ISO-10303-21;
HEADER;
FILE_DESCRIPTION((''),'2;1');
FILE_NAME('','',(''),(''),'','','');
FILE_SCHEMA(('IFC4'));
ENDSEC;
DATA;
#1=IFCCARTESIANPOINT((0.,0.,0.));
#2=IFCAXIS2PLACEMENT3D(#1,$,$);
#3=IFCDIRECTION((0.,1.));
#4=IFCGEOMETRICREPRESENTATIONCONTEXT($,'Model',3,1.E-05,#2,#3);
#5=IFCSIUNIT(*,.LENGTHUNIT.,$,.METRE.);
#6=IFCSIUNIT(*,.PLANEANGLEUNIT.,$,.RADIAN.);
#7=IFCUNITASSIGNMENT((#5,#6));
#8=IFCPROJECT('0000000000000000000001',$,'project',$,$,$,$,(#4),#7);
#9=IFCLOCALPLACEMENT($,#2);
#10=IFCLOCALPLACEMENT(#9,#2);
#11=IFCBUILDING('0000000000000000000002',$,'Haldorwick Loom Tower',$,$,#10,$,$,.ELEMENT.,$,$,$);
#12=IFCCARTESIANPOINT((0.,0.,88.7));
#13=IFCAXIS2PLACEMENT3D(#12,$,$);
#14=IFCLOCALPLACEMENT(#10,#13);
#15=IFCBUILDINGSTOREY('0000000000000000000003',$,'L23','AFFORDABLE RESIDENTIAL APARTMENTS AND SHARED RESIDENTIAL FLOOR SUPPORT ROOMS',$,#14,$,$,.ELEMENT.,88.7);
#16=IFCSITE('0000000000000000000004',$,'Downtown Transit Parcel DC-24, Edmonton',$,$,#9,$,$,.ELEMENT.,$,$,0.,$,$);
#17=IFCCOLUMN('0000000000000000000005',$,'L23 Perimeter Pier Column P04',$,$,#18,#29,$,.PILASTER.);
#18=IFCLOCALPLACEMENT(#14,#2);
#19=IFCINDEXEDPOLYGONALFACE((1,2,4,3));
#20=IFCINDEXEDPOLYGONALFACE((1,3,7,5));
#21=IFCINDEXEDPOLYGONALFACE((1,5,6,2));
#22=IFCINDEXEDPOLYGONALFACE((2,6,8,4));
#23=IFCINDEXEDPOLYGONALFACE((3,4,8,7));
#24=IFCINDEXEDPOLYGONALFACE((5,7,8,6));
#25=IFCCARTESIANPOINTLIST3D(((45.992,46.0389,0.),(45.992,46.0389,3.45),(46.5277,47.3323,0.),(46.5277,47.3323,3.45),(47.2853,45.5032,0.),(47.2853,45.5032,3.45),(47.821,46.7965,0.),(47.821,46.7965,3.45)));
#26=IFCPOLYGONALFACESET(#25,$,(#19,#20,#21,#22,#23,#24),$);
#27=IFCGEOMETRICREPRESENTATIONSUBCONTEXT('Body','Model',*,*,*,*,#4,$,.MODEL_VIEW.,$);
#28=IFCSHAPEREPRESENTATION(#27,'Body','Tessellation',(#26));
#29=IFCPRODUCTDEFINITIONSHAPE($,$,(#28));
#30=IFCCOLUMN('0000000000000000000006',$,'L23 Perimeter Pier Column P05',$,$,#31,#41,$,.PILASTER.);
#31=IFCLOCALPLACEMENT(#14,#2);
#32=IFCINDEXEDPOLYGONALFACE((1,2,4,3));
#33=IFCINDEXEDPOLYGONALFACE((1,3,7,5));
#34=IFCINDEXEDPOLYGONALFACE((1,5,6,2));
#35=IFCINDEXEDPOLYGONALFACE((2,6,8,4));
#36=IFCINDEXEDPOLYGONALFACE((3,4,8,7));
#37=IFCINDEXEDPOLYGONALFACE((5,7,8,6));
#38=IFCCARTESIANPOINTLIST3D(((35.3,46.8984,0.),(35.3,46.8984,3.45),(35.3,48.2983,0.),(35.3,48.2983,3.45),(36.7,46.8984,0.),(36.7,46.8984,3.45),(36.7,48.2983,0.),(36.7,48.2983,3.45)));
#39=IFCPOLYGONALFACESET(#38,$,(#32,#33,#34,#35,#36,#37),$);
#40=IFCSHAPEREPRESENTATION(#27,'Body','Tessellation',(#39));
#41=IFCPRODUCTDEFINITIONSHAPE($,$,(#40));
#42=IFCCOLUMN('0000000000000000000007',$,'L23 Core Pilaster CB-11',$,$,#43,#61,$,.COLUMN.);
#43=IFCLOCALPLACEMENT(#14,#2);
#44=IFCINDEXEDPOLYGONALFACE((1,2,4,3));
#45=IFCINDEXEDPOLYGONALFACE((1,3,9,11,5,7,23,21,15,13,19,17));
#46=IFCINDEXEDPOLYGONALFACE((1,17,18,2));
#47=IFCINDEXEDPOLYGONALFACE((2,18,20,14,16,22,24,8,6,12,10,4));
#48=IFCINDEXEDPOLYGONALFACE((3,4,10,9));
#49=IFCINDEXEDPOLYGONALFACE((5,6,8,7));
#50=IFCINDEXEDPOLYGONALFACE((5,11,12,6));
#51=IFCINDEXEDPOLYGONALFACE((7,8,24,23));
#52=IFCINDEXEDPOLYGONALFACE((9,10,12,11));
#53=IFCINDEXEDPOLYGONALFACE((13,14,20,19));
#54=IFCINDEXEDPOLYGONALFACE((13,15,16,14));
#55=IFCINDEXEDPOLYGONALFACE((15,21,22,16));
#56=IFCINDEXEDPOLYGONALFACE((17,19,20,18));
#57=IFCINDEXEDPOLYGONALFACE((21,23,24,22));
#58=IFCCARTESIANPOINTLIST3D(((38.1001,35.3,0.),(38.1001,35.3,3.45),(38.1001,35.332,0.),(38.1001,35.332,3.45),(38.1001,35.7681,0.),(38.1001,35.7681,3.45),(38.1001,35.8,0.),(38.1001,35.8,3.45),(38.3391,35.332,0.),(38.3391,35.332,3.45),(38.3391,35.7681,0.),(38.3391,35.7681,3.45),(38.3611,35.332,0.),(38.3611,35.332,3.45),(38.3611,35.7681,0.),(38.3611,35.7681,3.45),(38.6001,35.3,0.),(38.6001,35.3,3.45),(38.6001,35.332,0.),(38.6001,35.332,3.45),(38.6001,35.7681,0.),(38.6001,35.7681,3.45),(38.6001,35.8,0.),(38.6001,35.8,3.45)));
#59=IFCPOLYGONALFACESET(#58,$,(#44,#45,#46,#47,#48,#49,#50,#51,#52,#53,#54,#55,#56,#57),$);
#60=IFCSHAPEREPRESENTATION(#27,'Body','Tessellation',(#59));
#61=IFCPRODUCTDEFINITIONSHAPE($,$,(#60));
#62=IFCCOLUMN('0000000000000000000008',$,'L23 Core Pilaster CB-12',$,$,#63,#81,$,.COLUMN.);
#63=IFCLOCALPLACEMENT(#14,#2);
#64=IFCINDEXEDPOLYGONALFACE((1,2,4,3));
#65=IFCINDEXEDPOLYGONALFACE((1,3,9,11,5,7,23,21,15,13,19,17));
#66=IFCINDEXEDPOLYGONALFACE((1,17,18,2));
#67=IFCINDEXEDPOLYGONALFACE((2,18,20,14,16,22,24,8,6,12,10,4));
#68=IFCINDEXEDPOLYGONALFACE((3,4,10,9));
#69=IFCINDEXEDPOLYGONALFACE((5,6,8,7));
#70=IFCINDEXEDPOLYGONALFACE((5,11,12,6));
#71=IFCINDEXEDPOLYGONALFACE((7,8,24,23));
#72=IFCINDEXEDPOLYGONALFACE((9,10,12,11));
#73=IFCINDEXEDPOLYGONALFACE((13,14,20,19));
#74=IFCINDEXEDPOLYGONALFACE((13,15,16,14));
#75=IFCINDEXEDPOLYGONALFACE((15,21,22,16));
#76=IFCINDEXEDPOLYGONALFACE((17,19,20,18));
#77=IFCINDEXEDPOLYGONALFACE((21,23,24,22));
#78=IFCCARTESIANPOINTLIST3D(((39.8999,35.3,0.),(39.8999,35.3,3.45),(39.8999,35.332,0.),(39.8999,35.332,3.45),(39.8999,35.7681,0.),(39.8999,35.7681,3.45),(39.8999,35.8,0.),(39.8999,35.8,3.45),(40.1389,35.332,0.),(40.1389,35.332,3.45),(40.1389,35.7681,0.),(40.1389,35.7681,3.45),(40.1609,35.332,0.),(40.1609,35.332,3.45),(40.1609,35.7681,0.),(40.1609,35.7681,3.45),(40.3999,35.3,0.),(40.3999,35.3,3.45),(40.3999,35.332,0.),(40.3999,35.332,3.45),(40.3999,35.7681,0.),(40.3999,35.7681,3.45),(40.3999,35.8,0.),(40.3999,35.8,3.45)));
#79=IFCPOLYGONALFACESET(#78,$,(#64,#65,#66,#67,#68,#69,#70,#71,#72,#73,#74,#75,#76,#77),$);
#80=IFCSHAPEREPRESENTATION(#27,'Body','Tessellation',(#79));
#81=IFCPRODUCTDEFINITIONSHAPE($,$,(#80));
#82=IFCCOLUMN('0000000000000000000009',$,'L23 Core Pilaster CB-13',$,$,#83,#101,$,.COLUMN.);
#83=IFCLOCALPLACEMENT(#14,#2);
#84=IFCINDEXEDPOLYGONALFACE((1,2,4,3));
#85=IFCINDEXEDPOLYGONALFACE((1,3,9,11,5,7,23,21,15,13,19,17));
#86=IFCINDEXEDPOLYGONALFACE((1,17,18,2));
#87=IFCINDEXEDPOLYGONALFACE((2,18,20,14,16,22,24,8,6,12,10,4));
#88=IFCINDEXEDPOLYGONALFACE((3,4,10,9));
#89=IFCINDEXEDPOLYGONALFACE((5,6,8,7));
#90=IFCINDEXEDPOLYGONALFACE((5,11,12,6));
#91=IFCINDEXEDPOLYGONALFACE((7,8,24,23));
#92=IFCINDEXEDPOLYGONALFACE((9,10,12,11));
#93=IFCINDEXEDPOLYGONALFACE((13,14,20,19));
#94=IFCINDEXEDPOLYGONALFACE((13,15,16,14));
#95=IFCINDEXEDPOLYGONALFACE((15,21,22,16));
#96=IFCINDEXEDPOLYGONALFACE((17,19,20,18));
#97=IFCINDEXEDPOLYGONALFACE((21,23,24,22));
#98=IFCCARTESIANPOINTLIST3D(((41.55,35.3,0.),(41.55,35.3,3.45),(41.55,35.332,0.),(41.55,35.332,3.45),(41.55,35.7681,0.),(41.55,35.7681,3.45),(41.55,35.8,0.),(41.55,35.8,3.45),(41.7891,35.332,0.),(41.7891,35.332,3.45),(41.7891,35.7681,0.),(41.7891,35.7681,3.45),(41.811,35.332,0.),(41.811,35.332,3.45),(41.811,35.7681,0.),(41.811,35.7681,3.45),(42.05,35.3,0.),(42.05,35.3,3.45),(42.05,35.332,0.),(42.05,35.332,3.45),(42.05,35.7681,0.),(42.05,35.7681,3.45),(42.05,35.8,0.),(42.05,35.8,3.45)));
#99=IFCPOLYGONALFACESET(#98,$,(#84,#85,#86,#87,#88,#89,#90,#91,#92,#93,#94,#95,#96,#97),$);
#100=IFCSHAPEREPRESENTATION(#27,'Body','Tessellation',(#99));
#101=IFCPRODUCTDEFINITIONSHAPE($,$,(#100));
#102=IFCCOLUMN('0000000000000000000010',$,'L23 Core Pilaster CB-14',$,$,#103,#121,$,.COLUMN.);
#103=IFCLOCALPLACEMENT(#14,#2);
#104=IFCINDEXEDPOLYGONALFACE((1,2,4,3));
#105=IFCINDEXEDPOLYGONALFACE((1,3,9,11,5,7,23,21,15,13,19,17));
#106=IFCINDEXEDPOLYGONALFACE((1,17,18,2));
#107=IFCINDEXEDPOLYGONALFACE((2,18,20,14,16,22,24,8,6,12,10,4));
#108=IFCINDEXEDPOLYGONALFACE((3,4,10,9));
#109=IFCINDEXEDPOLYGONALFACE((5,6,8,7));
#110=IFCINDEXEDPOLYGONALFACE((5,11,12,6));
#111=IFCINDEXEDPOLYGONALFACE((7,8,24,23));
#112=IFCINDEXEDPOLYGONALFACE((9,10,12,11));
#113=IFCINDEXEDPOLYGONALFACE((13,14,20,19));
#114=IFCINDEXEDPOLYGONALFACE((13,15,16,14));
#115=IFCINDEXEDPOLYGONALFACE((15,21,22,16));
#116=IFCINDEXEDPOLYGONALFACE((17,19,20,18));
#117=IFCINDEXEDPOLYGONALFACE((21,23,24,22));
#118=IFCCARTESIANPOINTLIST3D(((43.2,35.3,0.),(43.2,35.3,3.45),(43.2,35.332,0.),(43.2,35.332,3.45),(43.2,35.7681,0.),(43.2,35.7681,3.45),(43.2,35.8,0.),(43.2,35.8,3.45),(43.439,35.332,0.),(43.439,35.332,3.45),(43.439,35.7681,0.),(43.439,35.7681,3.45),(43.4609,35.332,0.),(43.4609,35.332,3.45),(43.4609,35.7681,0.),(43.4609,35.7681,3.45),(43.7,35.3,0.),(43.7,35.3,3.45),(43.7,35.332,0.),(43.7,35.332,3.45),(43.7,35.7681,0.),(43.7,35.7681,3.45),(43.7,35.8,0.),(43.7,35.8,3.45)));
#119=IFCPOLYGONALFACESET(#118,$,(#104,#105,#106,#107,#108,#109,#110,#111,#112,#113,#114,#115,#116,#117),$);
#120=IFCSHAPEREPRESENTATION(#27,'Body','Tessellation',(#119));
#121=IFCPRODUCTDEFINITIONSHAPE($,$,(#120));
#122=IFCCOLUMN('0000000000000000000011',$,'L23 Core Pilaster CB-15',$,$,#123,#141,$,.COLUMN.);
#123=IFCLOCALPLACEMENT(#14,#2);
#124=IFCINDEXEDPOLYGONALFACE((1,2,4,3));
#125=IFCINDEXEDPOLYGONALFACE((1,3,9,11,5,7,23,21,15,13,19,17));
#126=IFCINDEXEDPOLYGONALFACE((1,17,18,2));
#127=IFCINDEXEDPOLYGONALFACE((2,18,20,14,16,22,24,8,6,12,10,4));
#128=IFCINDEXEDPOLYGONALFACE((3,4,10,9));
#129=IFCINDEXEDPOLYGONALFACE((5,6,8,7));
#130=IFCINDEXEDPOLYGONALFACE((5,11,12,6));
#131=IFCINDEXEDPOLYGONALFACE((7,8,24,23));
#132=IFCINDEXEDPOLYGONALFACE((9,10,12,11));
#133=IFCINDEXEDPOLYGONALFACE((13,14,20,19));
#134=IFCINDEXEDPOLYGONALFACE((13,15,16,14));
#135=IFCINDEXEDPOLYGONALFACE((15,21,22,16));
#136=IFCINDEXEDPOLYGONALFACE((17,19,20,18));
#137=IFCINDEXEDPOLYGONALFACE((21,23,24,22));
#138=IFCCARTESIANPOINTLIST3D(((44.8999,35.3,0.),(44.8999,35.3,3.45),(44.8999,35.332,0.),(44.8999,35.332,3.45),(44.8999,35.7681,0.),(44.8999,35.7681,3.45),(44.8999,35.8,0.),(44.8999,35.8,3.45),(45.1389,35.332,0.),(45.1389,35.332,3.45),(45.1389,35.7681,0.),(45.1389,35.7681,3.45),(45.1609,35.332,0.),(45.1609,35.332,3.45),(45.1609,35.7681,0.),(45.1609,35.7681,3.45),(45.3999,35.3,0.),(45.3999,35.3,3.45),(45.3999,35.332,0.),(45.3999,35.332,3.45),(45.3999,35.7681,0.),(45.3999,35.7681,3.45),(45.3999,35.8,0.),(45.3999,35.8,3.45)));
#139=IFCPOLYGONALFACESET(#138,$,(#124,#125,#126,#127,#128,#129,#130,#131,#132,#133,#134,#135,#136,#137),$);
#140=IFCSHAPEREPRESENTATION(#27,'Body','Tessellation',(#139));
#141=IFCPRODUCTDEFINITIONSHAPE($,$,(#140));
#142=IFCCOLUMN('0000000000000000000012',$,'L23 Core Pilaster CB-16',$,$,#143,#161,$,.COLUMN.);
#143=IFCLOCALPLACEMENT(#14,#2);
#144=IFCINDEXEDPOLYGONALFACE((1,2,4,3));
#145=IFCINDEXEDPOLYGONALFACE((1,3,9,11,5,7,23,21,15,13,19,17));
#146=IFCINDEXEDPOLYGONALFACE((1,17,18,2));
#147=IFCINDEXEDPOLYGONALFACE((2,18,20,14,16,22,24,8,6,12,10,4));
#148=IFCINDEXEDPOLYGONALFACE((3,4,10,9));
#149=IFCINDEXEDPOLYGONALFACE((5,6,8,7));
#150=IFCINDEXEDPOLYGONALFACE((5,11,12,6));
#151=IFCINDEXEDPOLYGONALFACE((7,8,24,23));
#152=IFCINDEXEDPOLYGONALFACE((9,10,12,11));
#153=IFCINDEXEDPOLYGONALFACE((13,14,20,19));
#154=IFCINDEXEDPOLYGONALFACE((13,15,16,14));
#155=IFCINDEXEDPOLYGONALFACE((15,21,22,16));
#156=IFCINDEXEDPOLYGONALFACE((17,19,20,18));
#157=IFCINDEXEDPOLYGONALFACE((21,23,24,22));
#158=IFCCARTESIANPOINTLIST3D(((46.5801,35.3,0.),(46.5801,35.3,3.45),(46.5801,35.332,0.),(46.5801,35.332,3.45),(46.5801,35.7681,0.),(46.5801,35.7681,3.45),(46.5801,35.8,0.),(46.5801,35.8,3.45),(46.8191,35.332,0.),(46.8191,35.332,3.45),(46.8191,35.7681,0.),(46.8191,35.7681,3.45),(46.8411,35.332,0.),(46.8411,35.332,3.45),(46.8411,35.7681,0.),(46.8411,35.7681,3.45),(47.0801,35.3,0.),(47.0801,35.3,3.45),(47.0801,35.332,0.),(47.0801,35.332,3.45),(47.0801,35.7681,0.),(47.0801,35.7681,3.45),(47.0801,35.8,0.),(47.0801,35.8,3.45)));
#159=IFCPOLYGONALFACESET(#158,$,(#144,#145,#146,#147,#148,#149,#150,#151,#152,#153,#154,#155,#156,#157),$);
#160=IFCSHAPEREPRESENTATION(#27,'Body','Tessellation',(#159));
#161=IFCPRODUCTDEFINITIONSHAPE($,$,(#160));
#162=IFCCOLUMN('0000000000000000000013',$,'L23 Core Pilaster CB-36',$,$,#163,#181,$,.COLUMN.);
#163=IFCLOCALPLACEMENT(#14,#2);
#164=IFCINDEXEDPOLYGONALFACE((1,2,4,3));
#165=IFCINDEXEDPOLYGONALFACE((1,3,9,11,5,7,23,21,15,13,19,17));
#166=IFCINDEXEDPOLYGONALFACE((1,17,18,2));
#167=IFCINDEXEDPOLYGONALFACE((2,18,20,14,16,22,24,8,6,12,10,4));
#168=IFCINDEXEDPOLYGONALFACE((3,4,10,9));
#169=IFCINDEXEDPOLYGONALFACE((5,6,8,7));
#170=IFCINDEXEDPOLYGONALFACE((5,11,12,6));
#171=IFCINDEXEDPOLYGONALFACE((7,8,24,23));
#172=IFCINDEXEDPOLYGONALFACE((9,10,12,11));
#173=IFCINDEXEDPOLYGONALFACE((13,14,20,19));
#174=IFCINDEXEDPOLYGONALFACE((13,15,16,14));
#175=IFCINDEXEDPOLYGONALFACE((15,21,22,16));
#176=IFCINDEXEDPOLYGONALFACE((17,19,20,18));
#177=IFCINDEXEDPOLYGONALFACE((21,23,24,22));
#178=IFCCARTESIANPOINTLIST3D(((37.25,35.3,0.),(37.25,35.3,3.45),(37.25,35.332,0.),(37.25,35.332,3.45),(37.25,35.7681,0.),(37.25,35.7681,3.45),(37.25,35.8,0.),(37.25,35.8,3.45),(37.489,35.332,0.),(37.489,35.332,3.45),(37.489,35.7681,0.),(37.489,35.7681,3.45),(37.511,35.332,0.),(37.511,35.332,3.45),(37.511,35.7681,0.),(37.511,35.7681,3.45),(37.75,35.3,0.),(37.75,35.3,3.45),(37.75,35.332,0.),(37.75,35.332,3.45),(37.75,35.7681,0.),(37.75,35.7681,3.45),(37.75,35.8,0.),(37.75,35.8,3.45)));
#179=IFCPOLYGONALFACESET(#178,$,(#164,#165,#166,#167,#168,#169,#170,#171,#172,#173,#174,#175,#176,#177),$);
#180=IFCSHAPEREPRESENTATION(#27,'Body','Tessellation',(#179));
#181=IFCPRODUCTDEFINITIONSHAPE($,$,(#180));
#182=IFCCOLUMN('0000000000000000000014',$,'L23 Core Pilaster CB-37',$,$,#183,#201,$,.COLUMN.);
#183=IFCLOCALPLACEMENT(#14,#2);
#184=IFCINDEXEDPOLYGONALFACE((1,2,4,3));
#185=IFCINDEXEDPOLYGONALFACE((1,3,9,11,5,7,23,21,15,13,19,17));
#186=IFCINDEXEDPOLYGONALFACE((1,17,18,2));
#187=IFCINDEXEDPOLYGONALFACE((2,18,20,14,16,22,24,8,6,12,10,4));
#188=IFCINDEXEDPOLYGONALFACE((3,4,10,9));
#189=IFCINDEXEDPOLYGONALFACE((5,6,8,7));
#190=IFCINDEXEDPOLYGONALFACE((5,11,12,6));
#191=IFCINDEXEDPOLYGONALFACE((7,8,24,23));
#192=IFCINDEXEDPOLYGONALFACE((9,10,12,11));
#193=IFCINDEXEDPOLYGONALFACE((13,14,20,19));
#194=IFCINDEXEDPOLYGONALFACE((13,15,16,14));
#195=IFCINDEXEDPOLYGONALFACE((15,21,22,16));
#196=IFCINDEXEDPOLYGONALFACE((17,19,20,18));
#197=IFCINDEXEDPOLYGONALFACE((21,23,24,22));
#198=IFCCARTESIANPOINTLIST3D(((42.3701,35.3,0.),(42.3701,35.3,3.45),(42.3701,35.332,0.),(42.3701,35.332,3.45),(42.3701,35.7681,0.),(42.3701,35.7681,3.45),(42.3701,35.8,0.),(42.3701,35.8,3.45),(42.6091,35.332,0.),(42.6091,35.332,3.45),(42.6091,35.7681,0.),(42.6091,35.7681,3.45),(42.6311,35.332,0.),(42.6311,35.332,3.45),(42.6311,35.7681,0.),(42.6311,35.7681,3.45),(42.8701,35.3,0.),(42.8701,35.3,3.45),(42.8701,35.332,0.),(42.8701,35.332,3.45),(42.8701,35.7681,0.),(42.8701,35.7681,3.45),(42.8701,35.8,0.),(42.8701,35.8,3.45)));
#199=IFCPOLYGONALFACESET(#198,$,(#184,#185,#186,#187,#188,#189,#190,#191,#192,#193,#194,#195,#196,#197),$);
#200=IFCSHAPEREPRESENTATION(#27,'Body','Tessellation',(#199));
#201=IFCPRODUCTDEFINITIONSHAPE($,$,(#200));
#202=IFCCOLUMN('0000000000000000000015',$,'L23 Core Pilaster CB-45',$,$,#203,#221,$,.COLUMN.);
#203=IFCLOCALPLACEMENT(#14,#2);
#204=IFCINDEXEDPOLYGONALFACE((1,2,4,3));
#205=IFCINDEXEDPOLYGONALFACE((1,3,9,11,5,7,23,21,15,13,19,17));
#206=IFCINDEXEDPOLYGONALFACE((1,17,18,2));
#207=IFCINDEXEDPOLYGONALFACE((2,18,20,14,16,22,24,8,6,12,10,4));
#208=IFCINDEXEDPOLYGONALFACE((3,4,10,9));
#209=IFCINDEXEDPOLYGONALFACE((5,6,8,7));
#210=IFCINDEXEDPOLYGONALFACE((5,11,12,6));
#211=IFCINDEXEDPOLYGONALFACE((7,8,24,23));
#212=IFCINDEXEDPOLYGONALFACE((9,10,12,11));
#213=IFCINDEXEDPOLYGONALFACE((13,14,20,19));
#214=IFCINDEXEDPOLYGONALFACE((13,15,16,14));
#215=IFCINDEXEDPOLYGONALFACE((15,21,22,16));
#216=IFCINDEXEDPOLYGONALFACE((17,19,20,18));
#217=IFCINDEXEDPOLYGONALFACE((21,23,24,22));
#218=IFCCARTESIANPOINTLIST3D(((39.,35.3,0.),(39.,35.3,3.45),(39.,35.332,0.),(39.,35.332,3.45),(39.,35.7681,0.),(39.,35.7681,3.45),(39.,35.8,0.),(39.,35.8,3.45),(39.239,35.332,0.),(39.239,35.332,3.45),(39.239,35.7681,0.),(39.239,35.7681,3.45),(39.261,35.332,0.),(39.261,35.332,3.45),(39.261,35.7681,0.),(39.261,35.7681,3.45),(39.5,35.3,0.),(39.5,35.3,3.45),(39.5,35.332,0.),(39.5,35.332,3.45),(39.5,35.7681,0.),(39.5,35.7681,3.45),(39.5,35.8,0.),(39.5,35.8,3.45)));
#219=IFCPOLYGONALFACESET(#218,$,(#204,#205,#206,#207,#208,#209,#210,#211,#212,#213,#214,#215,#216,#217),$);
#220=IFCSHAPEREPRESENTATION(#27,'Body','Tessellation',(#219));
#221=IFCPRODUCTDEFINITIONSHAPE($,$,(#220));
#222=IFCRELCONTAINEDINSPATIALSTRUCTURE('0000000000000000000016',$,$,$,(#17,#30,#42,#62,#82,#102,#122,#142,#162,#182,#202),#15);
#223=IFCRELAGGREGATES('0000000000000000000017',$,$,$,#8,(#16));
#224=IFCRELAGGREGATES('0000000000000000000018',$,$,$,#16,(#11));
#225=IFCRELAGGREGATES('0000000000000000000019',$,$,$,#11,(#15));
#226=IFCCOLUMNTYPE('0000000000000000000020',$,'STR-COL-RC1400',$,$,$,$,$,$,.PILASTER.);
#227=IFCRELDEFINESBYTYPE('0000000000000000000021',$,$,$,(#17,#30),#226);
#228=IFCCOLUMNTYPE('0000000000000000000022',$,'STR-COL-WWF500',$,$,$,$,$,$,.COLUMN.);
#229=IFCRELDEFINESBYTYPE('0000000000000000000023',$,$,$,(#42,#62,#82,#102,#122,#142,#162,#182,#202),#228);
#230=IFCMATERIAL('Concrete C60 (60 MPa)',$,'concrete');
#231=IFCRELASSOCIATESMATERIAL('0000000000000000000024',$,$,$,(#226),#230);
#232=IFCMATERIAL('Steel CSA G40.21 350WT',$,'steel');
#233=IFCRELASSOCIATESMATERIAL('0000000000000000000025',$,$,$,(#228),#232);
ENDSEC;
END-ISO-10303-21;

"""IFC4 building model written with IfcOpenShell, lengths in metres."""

from ifc_helpers import new_model, si_unit, direction, frame, origin, origin_2d, place, context, subcontext, project, spatial, rectangle, i_section, extrude, material, material_profile, profile_set, type_object, element, save


model = new_model("IFC4")

# Units and contexts
model_context = context("Model", 3, precision=1e-05, world=origin(), true_north=direction((0.0, 1.0)))
body_context = subcontext(model_context, "Body", "Model", "MODEL_VIEW")
ifc_project = project(units=[si_unit("LENGTHUNIT", "METRE"), si_unit("PLANEANGLEUNIT", "RADIAN")], contexts=[model_context])

# Site, building, storey
site_placement = place(None, origin())
site = spatial("IfcSite", under=ifc_project, at=site_placement, Name="Downtown Transit Parcel DC-24, Edmonton", CompositionType="ELEMENT", RefElevation=0.0)
building_placement = place(site_placement, origin())
building = spatial("IfcBuilding", under=site, at=building_placement, Name="Haldorwick Loom Tower", CompositionType="ELEMENT")
storey_placement = place(building_placement, frame((0.0, 0.0, 88.7)))
storey = spatial("IfcBuildingStorey", under=building, at=storey_placement, Name="L23", Description="AFFORDABLE RESIDENTIAL APARTMENTS AND SHARED RESIDENTIAL FLOOR SUPPORT ROOMS", CompositionType="ELEMENT", Elevation=88.7)

# Columns
ifc_material_1 = material(Name="Concrete C60 (60 MPa)", Category="concrete")
ifc_material_profile_1 = material_profile(ifc_material_1, rectangle(XDim=1.3999, YDim=1.3999, at=origin_2d()), Name="RC1400X1400", Category="concrete")
ifc_profile_set_1 = profile_set([ifc_material_profile_1], Name="Concrete C60 (60 MPa)")
column_type_1 = type_object("IfcColumnType", Name="STR-COL-RC1400", PredefinedType="PILASTER", material=ifc_profile_set_1)
for number, where, z_axis, x_axis, name in (
    (1, (46.9065, 46.4177, 0.0), (0.0, 0.0, 1.0), (0.382683, 0.92388, 0.0), "L23 Perimeter Pier Column P04"),
    (2, (36.0, 47.5984, 0.0), (0.0, 0.0, 1.0), (0.0, 1.0, 0.0), "L23 Perimeter Pier Column P05"),
):
    element("IfcColumn", number, at=place(storey_placement, frame(where, z_axis=z_axis, x_axis=x_axis)), inside=storey, type_object=column_type_1, Name=name, PredefinedType="PILASTER", context=body_context, shape_type="SweptSolid", body=[
        extrude(rectangle(XDim=1.3999, YDim=1.3999, at=origin_2d()), origin(), (0.0, 0.0, 1.0), 3.45),
    ])
ifc_material_2 = material(Name="Steel CSA G40.21 350WT", Category="steel")
ifc_material_profile_2 = material_profile(ifc_material_2, i_section(OverallWidth=0.5, OverallDepth=0.5, WebThickness=0.022, FlangeThickness=0.032, at=origin_2d()), Name="WWF500X500", Category="steel")
ifc_profile_set_2 = profile_set([ifc_material_profile_2], Name="Steel CSA G40.21 350WT")
column_type_2 = type_object("IfcColumnType", Name="STR-COL-WWF500", PredefinedType="COLUMN", material=ifc_profile_set_2)
for number, where, z_axis, x_axis, name in (
    (3, (38.3501, 35.55, 0.0), (0.0, 0.0, 1.0), (1.0, 0.0, 0.0), "L23 Core Pilaster CB-11"),
    (4, (40.1499, 35.55, 0.0), (0.0, 0.0, 1.0), (1.0, 0.0, 0.0), "L23 Core Pilaster CB-12"),
    (5, (41.8, 35.55, 0.0), (0.0, 0.0, 1.0), (1.0, 0.0, 0.0), "L23 Core Pilaster CB-13"),
    (6, (43.45, 35.55, 0.0), (0.0, 0.0, 1.0), (1.0, 0.0, 0.0), "L23 Core Pilaster CB-14"),
    (7, (45.1499, 35.55, 0.0), (0.0, 0.0, 1.0), (1.0, 0.0, 0.0), "L23 Core Pilaster CB-15"),
    (8, (46.8301, 35.55, 0.0), (0.0, 0.0, 1.0), (1.0, 0.0, 0.0), "L23 Core Pilaster CB-16"),
    (9, (37.5, 35.55, 0.0), (0.0, 0.0, 1.0), (1.0, 0.0, 0.0), "L23 Core Pilaster CB-36"),
    (10, (42.6201, 35.55, 0.0), (0.0, 0.0, 1.0), (1.0, 0.0, 0.0), "L23 Core Pilaster CB-37"),
    (11, (39.25, 35.55, 0.0), (0.0, 0.0, 1.0), (1.0, 0.0, 0.0), "L23 Core Pilaster CB-45"),
):
    element("IfcColumn", number, at=place(storey_placement, frame(where, z_axis=z_axis, x_axis=x_axis)), inside=storey, type_object=column_type_2, Name=name, PredefinedType="COLUMN", context=body_context, shape_type="SweptSolid", body=[
        extrude(i_section(OverallWidth=0.5, OverallDepth=0.5, WebThickness=0.022, FlangeThickness=0.032, at=origin_2d()), origin(), (0.0, 0.0, 1.0), 3.45),
    ])

save(model, "model.ifc")
